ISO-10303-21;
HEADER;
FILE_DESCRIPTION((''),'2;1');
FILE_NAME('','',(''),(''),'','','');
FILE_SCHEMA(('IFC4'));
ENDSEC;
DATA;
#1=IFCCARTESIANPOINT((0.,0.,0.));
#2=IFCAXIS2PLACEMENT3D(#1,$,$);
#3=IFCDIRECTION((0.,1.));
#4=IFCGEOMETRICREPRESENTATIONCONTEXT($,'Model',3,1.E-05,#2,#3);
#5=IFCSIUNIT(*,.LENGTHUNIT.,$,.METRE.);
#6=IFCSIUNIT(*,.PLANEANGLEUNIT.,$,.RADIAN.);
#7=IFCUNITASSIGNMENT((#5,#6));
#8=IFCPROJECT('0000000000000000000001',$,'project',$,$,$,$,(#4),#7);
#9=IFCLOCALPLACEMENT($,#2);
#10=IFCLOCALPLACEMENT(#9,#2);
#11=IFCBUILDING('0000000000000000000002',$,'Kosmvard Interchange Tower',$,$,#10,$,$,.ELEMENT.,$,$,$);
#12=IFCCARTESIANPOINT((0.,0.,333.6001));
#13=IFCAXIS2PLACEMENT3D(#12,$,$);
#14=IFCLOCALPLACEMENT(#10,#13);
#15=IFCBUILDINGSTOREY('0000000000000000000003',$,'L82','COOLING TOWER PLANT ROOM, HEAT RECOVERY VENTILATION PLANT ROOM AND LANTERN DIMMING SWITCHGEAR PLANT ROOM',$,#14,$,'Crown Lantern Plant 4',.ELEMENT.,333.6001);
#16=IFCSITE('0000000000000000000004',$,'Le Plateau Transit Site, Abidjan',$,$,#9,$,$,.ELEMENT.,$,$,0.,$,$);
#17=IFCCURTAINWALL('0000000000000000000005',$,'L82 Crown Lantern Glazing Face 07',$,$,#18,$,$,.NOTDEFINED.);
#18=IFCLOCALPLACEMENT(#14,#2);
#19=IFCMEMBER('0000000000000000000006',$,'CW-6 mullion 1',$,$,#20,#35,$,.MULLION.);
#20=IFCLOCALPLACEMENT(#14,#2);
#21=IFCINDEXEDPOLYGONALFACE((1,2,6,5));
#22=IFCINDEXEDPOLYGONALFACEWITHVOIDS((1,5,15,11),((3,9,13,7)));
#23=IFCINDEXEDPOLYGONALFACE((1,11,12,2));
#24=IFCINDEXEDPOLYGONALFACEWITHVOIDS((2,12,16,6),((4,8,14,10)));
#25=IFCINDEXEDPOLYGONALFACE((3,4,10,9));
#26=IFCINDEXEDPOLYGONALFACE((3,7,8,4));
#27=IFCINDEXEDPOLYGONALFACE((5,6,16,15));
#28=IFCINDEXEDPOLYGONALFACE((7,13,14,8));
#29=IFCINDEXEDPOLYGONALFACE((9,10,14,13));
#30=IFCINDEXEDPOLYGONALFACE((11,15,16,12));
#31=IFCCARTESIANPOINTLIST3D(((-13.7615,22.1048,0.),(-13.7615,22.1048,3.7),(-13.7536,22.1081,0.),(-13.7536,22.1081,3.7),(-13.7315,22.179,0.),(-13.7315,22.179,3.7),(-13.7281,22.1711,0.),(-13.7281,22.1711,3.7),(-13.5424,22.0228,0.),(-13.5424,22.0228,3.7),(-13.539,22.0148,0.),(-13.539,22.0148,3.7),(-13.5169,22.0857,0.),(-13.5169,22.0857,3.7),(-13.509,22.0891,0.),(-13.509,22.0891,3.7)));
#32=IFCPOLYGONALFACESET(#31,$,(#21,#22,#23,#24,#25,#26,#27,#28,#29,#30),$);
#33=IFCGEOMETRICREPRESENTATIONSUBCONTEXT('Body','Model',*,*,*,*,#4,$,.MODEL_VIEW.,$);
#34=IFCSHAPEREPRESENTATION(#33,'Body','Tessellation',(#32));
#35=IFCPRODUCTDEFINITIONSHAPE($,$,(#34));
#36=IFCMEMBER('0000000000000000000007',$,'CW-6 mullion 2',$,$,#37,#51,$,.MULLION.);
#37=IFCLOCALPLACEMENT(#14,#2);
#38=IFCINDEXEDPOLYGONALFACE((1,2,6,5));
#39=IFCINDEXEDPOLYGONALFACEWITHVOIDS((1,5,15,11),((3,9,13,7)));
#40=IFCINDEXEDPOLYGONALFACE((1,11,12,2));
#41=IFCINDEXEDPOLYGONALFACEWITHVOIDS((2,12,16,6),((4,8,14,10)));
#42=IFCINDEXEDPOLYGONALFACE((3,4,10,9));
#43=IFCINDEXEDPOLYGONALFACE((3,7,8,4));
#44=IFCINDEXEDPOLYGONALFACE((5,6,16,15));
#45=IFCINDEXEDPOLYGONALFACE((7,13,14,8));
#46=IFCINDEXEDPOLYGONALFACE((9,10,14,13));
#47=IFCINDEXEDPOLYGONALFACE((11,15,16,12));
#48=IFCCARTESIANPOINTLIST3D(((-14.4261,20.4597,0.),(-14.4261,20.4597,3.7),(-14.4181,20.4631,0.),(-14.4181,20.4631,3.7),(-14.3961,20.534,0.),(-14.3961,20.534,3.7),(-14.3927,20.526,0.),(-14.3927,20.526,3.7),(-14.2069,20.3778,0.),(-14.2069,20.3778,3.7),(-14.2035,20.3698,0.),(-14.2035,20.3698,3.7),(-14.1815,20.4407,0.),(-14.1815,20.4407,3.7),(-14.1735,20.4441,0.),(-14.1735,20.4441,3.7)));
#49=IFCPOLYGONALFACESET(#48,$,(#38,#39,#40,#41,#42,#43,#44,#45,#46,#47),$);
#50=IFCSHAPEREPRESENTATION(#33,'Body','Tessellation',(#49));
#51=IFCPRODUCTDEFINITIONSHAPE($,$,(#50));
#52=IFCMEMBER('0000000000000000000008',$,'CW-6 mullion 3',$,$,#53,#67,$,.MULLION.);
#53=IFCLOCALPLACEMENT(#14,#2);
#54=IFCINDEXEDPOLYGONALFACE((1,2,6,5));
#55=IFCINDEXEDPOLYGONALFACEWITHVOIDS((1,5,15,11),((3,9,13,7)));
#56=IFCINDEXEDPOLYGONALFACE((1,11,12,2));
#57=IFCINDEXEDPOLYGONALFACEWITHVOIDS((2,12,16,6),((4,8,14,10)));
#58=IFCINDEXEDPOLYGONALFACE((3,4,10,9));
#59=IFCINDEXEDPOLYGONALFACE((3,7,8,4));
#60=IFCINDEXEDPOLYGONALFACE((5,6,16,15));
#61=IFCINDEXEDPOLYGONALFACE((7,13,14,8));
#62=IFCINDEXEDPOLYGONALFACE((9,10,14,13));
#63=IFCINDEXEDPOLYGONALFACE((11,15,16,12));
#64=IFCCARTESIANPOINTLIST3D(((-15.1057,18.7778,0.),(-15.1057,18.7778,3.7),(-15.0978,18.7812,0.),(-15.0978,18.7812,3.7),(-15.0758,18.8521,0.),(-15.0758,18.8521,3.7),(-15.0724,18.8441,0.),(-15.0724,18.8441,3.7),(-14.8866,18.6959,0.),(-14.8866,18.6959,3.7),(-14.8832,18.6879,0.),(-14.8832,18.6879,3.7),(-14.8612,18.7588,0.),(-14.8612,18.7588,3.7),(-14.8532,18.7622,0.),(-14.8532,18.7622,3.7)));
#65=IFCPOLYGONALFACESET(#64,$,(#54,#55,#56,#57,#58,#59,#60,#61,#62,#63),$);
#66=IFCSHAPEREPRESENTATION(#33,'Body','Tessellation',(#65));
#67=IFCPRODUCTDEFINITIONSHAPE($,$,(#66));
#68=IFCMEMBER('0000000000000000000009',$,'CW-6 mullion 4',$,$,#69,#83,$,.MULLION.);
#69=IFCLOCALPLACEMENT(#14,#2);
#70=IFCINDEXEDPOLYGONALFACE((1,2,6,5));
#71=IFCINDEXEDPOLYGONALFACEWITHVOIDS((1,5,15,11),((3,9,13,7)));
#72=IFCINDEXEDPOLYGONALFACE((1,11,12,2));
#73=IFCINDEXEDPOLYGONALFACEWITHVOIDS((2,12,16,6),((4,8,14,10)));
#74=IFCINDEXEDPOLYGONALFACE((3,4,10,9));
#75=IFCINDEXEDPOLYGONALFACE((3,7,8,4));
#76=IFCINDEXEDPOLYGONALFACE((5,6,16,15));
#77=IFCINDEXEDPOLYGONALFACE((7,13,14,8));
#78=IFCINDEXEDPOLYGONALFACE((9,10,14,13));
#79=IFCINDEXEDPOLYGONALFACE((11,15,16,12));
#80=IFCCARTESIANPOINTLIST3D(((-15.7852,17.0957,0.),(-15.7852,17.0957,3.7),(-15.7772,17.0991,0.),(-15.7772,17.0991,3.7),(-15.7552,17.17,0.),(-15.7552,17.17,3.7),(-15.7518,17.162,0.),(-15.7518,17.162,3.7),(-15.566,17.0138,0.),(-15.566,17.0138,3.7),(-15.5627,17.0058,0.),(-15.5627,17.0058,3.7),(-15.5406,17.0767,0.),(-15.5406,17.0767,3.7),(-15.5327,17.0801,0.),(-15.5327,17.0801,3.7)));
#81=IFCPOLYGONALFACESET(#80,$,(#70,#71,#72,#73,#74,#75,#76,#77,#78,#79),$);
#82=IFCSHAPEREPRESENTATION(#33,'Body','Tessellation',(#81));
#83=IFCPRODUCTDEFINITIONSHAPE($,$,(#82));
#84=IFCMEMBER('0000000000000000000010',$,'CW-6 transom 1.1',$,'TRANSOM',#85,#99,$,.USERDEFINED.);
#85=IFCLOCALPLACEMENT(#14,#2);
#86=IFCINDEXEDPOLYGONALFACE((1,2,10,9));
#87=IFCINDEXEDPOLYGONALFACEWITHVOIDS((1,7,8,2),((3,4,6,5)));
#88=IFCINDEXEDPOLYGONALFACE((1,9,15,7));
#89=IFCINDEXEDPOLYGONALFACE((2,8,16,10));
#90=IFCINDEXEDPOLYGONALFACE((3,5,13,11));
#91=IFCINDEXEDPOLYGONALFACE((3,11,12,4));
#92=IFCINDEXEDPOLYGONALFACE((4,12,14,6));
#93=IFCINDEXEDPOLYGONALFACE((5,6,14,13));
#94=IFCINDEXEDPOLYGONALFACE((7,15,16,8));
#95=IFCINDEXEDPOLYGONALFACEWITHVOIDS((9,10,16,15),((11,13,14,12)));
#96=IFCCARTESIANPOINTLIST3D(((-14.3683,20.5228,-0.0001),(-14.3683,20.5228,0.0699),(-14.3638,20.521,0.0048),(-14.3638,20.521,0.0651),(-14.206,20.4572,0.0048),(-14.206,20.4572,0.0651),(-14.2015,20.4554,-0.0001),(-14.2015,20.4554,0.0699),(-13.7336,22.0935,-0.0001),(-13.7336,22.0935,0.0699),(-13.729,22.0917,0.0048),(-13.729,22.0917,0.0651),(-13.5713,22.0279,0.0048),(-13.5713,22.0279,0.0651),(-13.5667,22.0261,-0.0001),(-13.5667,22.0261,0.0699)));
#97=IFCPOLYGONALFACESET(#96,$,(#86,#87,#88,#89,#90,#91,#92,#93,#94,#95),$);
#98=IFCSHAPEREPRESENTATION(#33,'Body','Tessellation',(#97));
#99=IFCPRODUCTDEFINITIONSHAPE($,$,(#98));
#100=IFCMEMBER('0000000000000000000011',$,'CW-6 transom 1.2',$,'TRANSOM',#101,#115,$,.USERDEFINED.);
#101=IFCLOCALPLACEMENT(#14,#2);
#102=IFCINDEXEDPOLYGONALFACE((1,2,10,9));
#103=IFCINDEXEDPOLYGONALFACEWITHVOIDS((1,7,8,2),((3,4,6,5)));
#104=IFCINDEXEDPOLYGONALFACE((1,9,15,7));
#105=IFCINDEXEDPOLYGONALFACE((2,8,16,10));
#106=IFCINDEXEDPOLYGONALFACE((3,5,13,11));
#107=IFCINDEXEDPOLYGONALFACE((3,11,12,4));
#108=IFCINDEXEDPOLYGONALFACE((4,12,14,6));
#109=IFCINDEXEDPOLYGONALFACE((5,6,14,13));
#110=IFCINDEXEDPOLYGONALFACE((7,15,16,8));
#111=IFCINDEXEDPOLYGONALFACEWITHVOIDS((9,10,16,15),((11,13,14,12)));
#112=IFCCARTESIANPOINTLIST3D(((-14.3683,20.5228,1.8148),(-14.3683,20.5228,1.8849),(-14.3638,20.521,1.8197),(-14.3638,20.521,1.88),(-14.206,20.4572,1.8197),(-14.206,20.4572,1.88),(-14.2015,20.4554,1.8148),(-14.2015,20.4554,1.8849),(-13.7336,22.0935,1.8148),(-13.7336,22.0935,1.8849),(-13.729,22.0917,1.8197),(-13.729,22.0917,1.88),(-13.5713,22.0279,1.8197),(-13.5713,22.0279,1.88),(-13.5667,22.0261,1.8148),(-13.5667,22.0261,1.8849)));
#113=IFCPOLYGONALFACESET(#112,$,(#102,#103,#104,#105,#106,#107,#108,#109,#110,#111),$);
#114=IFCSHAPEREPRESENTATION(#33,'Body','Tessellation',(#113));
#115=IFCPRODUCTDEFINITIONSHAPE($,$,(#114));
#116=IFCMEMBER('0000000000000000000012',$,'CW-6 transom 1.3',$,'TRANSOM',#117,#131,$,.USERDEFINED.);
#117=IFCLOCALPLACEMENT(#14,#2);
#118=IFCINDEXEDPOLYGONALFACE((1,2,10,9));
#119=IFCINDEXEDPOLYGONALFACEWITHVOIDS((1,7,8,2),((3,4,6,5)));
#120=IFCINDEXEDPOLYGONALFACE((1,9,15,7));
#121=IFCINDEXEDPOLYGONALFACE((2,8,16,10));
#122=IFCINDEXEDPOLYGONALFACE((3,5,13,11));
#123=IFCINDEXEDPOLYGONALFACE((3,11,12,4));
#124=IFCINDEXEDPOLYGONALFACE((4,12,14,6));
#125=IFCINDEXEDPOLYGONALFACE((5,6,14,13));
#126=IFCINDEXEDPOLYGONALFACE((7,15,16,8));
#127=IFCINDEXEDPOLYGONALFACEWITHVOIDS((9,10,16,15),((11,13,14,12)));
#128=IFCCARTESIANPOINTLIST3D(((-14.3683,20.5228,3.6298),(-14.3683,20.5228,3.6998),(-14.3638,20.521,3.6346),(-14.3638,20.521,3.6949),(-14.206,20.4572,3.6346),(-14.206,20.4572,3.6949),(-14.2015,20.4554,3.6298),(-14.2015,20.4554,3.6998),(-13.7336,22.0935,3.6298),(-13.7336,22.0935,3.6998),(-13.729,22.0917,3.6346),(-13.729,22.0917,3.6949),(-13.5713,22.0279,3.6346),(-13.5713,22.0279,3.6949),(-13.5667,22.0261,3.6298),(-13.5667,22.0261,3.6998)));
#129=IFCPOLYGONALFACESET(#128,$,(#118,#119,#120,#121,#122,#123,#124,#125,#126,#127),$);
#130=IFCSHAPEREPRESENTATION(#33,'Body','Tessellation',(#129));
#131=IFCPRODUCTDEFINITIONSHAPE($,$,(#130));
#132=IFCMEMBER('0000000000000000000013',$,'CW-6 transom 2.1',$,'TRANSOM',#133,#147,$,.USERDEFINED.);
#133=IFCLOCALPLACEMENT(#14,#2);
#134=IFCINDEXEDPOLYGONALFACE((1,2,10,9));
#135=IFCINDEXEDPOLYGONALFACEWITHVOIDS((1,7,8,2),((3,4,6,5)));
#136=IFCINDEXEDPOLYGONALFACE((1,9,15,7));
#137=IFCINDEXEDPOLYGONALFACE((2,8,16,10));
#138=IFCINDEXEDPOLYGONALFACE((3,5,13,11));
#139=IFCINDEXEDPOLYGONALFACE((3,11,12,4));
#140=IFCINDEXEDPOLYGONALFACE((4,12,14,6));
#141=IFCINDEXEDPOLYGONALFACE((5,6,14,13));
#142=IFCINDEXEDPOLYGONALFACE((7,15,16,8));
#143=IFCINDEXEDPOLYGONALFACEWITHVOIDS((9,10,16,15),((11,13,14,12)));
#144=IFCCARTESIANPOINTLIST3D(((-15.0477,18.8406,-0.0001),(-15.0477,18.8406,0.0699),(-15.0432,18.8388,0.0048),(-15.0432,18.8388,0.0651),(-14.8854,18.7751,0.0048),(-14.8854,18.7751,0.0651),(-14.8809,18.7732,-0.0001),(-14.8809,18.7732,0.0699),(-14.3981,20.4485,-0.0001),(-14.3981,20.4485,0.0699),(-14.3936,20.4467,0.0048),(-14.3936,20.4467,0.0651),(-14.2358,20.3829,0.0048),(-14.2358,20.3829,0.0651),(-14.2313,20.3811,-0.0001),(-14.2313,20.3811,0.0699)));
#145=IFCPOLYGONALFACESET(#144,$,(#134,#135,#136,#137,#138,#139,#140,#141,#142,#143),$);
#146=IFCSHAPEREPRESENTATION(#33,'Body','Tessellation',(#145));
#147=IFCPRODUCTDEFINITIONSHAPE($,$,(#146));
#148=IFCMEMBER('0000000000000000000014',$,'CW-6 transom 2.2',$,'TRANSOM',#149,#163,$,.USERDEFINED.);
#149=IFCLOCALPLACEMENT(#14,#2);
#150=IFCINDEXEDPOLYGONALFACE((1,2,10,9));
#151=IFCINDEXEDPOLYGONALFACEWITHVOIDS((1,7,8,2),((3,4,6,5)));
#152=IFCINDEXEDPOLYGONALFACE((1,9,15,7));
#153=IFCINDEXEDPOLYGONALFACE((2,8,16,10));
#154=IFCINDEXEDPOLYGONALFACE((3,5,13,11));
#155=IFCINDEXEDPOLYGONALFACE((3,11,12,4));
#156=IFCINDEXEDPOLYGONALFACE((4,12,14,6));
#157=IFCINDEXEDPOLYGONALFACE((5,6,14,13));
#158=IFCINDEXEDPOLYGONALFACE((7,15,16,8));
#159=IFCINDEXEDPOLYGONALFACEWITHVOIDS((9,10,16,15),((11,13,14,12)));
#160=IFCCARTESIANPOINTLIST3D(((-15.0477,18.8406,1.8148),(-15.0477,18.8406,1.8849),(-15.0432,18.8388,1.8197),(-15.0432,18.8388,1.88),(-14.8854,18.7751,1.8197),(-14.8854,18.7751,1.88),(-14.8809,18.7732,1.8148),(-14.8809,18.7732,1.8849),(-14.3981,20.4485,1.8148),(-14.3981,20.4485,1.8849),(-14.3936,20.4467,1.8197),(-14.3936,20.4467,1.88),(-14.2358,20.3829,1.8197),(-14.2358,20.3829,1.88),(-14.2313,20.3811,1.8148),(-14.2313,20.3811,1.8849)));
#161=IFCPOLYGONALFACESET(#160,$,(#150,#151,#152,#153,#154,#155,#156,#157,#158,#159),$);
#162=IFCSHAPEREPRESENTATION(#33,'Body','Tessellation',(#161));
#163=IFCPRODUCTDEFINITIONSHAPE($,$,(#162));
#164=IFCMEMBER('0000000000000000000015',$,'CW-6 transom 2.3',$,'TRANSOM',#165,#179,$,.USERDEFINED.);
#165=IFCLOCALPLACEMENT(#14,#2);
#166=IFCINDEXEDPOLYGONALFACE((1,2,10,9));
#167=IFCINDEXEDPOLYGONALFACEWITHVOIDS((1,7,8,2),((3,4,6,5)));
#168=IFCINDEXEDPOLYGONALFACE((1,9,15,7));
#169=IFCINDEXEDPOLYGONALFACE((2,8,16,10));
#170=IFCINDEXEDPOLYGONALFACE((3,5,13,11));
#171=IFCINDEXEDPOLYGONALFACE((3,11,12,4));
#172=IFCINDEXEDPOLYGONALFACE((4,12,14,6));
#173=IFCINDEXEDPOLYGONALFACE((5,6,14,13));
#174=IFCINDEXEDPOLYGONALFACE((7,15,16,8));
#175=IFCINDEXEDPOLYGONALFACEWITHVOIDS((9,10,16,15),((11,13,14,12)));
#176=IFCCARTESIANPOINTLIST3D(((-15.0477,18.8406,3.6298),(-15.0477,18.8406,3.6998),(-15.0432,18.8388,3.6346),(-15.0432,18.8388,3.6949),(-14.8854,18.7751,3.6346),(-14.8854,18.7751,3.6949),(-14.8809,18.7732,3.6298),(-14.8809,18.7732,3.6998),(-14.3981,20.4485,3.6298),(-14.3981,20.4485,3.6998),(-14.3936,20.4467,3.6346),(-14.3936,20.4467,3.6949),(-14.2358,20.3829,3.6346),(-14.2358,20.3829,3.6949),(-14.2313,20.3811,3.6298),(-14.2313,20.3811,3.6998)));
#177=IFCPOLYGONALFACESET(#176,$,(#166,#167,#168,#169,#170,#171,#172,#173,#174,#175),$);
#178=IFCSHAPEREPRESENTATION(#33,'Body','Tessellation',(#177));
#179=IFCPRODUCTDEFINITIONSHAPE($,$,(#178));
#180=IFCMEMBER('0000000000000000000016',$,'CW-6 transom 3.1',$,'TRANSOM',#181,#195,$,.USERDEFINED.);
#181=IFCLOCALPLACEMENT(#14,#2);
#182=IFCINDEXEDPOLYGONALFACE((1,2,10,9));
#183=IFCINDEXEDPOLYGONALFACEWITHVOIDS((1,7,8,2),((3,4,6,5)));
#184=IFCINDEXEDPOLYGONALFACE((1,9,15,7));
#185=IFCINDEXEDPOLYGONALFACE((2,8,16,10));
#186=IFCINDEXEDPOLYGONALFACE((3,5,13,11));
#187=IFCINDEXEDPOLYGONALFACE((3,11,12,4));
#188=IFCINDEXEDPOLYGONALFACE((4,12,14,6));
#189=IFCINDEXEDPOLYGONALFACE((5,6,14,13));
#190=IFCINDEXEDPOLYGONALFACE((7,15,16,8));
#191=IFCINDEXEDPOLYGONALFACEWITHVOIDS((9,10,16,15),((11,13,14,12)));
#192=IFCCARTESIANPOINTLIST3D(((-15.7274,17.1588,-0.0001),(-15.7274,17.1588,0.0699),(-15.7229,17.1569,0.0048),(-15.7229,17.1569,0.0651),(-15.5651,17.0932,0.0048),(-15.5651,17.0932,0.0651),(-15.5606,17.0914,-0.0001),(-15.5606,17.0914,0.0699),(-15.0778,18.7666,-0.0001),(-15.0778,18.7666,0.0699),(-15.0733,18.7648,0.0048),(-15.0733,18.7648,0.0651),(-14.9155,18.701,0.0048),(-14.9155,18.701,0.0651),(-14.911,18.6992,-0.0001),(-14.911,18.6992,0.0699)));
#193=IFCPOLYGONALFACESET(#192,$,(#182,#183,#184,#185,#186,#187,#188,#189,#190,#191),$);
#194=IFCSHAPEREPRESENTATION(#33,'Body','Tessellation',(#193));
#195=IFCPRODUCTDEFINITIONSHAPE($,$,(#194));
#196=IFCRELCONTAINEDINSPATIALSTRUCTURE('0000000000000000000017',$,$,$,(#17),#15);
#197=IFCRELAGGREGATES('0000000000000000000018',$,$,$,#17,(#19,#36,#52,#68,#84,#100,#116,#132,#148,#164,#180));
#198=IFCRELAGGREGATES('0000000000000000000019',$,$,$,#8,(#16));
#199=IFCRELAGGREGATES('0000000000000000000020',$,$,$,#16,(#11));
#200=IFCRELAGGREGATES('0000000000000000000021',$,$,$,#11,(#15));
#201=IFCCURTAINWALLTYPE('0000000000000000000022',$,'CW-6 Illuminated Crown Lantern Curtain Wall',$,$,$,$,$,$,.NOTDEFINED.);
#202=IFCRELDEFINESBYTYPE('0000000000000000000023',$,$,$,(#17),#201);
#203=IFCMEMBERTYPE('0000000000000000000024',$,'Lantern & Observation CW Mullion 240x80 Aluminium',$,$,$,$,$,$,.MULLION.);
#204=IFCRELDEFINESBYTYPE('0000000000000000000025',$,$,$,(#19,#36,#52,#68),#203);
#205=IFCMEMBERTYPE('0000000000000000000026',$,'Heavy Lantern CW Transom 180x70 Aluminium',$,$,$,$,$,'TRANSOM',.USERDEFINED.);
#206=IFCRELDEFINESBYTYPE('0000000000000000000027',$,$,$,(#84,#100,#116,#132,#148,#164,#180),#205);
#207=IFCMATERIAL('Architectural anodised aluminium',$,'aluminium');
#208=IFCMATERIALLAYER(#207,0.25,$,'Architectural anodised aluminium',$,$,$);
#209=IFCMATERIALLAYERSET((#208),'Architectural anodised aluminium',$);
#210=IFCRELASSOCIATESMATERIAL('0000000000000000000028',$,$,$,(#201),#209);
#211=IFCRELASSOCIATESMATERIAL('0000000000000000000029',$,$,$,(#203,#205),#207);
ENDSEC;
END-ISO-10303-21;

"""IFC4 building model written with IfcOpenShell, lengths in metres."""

from ifc_helpers import new_model, si_unit, direction, frame, origin, origin_2d, place, context, subcontext, project, spatial, hollow_rectangle, extrude, source, transform, mapped, material, layer, layer_set, material_profile, profile_set, type_object, element, aggregate, save


model = new_model("IFC4")

# Units and contexts
model_context = context("Model", 3, precision=1e-05, world=origin(), true_north=direction((0.0, 1.0)))
body_context = subcontext(model_context, "Body", "Model", "MODEL_VIEW")
ifc_project = project(units=[si_unit("LENGTHUNIT", "METRE"), si_unit("PLANEANGLEUNIT", "RADIAN")], contexts=[model_context])

# Site, building, storey
site_placement = place(None, origin())
site = spatial("IfcSite", under=ifc_project, at=site_placement, Name="Le Plateau Transit Site, Abidjan", CompositionType="ELEMENT", RefElevation=0.0)
building_placement = place(site_placement, origin())
building = spatial("IfcBuilding", under=site, at=building_placement, Name="Kosmvard Interchange Tower", CompositionType="ELEMENT")
storey_placement = place(building_placement, frame((0.0, 0.0, 333.6001)))
storey = spatial("IfcBuildingStorey", under=building, at=storey_placement, Name="L82", Description="COOLING TOWER PLANT ROOM, HEAT RECOVERY VENTILATION PLANT ROOM AND LANTERN DIMMING SWITCHGEAR PLANT ROOM", LongName="Crown Lantern Plant 4", CompositionType="ELEMENT", Elevation=333.6001)

# Curtain wall, members
ifc_material_1 = material(Name="Architectural anodised aluminium", Category="aluminium")
ifc_layer_1 = layer(ifc_material_1, 0.25, Name="Architectural anodised aluminium")
ifc_layer_set_1 = layer_set([ifc_layer_1], Name="Architectural anodised aluminium")
curtain_wall_type = type_object("IfcCurtainWallType", Name="CW-6 Illuminated Crown Lantern Curtain Wall", PredefinedType="NOTDEFINED", material=ifc_layer_set_1)
curtain_wall_placement = place(storey_placement, origin())
curtain_wall = element("IfcCurtainWall", 1, at=curtain_wall_placement, inside=storey, type_object=curtain_wall_type, Name="L82 Crown Lantern Glazing Face 07", PredefinedType="NOTDEFINED")
ifc_material_profile_1 = material_profile(ifc_material_1, hollow_rectangle(XDim=0.24, YDim=0.0801, WallThickness=0.0061, at=origin_2d()), Name="CWM 240x80x6")
ifc_profile_set_1 = profile_set([ifc_material_profile_1], Name="Architectural anodised aluminium")
member_type_1 = type_object("IfcMemberType", Name="Lantern & Observation CW Mullion 240x80 Aluminium", PredefinedType="MULLION", material=ifc_profile_set_1)
shared_shape_1 = source(origin(), body_context, "Body", "SweptSolid", [
    extrude(hollow_rectangle(XDim=0.24, YDim=0.0801, WallThickness=0.0061, at=origin_2d()), origin(), (0.0, 0.0, 1.0), 3.7),
])
member_1_placement = place(storey_placement, frame((-13.6353, 22.0969, 0.0), z_axis=(0.0, 0.0, 1.0), x_axis=(0.927184, -0.374607, 0.0)))
member_1 = element("IfcMember", 2, at=member_1_placement, type_object=member_type_1, Name="CW-6 mullion 1", PredefinedType="MULLION", context=body_context, shape_type="MappedRepresentation", body=[
    mapped(shared_shape_1, transform((0.0, 0.0, 0.0), scale=1.0)),
])
member_2_placement = place(storey_placement, frame((-14.2998, 20.4519, 0.0), z_axis=(0.0, 0.0, 1.0), x_axis=(0.927184, -0.374607, 0.0)))
member_2 = element("IfcMember", 3, at=member_2_placement, type_object=member_type_1, Name="CW-6 mullion 2", PredefinedType="MULLION", context=body_context, shape_type="MappedRepresentation", body=[
    mapped(shared_shape_1, transform((0.0, 0.0, 0.0), scale=1.0)),
])
member_3_placement = place(storey_placement, frame((-14.9795, 18.77, 0.0), z_axis=(0.0, 0.0, 1.0), x_axis=(0.927184, -0.374607, 0.0)))
member_3 = element("IfcMember", 4, at=member_3_placement, type_object=member_type_1, Name="CW-6 mullion 3", PredefinedType="MULLION", context=body_context, shape_type="MappedRepresentation", body=[
    mapped(shared_shape_1, transform((0.0, 0.0, 0.0), scale=1.0)),
])
member_4_placement = place(storey_placement, frame((-15.6589, 17.0879, 0.0), z_axis=(0.0, 0.0, 1.0), x_axis=(0.927184, -0.374607, 0.0)))
member_4 = element("IfcMember", 5, at=member_4_placement, type_object=member_type_1, Name="CW-6 mullion 4", PredefinedType="MULLION", context=body_context, shape_type="MappedRepresentation", body=[
    mapped(shared_shape_1, transform((0.0, 0.0, 0.0), scale=1.0)),
])
ifc_material_profile_2 = material_profile(ifc_material_1, hollow_rectangle(XDim=0.1799, YDim=0.0701, WallThickness=0.0049, at=origin_2d()), Name="CWT 180x70x5")
ifc_profile_set_2 = profile_set([ifc_material_profile_2], Name="Architectural anodised aluminium")
member_type_2 = type_object("IfcMemberType", Name="Heavy Lantern CW Transom 180x70 Aluminium", ElementType="TRANSOM", PredefinedType="USERDEFINED", material=ifc_profile_set_2)
shared_shape_2 = source(origin(), body_context, "Body", "SweptSolid", [
    extrude(hollow_rectangle(XDim=0.1799, YDim=0.0701, WallThickness=0.0049, at=origin_2d()), origin(), (0.0, 0.0, 1.0), 1.6941),
])
member_5_placement = place(storey_placement, frame((-13.6501, 22.0598, 0.0349), z_axis=(-0.374668, -0.927159, 0.0), x_axis=(0.927159, -0.374668, 0.0)))
member_5 = element("IfcMember", 6, at=member_5_placement, type_object=member_type_2, Name="CW-6 transom 1.1", ObjectType="TRANSOM", PredefinedType="USERDEFINED", context=body_context, shape_type="MappedRepresentation", body=[
    mapped(shared_shape_2, transform((0.0, 0.0, 0.0), scale=1.0)),
])
member_6_placement = place(storey_placement, frame((-13.6501, 22.0598, 1.8499), z_axis=(-0.374668, -0.927159, 0.0), x_axis=(0.927159, -0.374668, 0.0)))
member_6 = element("IfcMember", 7, at=member_6_placement, type_object=member_type_2, Name="CW-6 transom 1.2", ObjectType="TRANSOM", PredefinedType="USERDEFINED", context=body_context, shape_type="MappedRepresentation", body=[
    mapped(shared_shape_2, transform((0.0, 0.0, 0.0), scale=1.0)),
])
member_7_placement = place(storey_placement, frame((-13.6501, 22.0598, 3.6648), z_axis=(-0.374668, -0.927159, 0.0), x_axis=(0.927159, -0.374668, 0.0)))
member_7 = element("IfcMember", 8, at=member_7_placement, type_object=member_type_2, Name="CW-6 transom 1.3", ObjectType="TRANSOM", PredefinedType="USERDEFINED", context=body_context, shape_type="MappedRepresentation", body=[
    mapped(shared_shape_2, transform((0.0, 0.0, 0.0), scale=1.0)),
])
shared_shape_3 = source(origin(), body_context, "Body", "SweptSolid", [
    extrude(hollow_rectangle(XDim=0.1799, YDim=0.0701, WallThickness=0.0049, at=origin_2d()), origin(), (0.0, 0.0, 1.0), 1.7341),
])
member_8_placement = place(storey_placement, frame((-14.3147, 20.4148, 0.0349), z_axis=(-0.374617, -0.92718, 0.0), x_axis=(0.92718, -0.374617, 0.0)))
member_8 = element("IfcMember", 9, at=member_8_placement, type_object=member_type_2, Name="CW-6 transom 2.1", ObjectType="TRANSOM", PredefinedType="USERDEFINED", context=body_context, shape_type="MappedRepresentation", body=[
    mapped(shared_shape_3, transform((0.0, 0.0, 0.0), scale=1.0)),
])
member_9_placement = place(storey_placement, frame((-14.3147, 20.4148, 1.8499), z_axis=(-0.374617, -0.92718, 0.0), x_axis=(0.92718, -0.374617, 0.0)))
member_9 = element("IfcMember", 10, at=member_9_placement, type_object=member_type_2, Name="CW-6 transom 2.2", ObjectType="TRANSOM", PredefinedType="USERDEFINED", context=body_context, shape_type="MappedRepresentation", body=[
    mapped(shared_shape_3, transform((0.0, 0.0, 0.0), scale=1.0)),
])
member_10_placement = place(storey_placement, frame((-14.3147, 20.4148, 3.6648), z_axis=(-0.374617, -0.92718, 0.0), x_axis=(0.92718, -0.374617, 0.0)))
member_10 = element("IfcMember", 11, at=member_10_placement, type_object=member_type_2, Name="CW-6 transom 2.3", ObjectType="TRANSOM", PredefinedType="USERDEFINED", context=body_context, shape_type="MappedRepresentation", body=[
    mapped(shared_shape_3, transform((0.0, 0.0, 0.0), scale=1.0)),
])
member_11_placement = place(storey_placement, frame((-14.9944, 18.7329, 0.0349), z_axis=(-0.374617, -0.92718, 0.0), x_axis=(0.92718, -0.374617, 0.0)))
member_11 = element("IfcMember", 12, at=member_11_placement, type_object=member_type_2, Name="CW-6 transom 3.1", ObjectType="TRANSOM", PredefinedType="USERDEFINED", context=body_context, shape_type="MappedRepresentation", body=[
    mapped(shared_shape_3, transform((0.0, 0.0, 0.0), scale=1.0)),
])
aggregate(curtain_wall, [member_1, member_2, member_3, member_4, member_5, member_6, member_7, member_8, member_9, member_10, member_11])

save(model, "model.ifc")
